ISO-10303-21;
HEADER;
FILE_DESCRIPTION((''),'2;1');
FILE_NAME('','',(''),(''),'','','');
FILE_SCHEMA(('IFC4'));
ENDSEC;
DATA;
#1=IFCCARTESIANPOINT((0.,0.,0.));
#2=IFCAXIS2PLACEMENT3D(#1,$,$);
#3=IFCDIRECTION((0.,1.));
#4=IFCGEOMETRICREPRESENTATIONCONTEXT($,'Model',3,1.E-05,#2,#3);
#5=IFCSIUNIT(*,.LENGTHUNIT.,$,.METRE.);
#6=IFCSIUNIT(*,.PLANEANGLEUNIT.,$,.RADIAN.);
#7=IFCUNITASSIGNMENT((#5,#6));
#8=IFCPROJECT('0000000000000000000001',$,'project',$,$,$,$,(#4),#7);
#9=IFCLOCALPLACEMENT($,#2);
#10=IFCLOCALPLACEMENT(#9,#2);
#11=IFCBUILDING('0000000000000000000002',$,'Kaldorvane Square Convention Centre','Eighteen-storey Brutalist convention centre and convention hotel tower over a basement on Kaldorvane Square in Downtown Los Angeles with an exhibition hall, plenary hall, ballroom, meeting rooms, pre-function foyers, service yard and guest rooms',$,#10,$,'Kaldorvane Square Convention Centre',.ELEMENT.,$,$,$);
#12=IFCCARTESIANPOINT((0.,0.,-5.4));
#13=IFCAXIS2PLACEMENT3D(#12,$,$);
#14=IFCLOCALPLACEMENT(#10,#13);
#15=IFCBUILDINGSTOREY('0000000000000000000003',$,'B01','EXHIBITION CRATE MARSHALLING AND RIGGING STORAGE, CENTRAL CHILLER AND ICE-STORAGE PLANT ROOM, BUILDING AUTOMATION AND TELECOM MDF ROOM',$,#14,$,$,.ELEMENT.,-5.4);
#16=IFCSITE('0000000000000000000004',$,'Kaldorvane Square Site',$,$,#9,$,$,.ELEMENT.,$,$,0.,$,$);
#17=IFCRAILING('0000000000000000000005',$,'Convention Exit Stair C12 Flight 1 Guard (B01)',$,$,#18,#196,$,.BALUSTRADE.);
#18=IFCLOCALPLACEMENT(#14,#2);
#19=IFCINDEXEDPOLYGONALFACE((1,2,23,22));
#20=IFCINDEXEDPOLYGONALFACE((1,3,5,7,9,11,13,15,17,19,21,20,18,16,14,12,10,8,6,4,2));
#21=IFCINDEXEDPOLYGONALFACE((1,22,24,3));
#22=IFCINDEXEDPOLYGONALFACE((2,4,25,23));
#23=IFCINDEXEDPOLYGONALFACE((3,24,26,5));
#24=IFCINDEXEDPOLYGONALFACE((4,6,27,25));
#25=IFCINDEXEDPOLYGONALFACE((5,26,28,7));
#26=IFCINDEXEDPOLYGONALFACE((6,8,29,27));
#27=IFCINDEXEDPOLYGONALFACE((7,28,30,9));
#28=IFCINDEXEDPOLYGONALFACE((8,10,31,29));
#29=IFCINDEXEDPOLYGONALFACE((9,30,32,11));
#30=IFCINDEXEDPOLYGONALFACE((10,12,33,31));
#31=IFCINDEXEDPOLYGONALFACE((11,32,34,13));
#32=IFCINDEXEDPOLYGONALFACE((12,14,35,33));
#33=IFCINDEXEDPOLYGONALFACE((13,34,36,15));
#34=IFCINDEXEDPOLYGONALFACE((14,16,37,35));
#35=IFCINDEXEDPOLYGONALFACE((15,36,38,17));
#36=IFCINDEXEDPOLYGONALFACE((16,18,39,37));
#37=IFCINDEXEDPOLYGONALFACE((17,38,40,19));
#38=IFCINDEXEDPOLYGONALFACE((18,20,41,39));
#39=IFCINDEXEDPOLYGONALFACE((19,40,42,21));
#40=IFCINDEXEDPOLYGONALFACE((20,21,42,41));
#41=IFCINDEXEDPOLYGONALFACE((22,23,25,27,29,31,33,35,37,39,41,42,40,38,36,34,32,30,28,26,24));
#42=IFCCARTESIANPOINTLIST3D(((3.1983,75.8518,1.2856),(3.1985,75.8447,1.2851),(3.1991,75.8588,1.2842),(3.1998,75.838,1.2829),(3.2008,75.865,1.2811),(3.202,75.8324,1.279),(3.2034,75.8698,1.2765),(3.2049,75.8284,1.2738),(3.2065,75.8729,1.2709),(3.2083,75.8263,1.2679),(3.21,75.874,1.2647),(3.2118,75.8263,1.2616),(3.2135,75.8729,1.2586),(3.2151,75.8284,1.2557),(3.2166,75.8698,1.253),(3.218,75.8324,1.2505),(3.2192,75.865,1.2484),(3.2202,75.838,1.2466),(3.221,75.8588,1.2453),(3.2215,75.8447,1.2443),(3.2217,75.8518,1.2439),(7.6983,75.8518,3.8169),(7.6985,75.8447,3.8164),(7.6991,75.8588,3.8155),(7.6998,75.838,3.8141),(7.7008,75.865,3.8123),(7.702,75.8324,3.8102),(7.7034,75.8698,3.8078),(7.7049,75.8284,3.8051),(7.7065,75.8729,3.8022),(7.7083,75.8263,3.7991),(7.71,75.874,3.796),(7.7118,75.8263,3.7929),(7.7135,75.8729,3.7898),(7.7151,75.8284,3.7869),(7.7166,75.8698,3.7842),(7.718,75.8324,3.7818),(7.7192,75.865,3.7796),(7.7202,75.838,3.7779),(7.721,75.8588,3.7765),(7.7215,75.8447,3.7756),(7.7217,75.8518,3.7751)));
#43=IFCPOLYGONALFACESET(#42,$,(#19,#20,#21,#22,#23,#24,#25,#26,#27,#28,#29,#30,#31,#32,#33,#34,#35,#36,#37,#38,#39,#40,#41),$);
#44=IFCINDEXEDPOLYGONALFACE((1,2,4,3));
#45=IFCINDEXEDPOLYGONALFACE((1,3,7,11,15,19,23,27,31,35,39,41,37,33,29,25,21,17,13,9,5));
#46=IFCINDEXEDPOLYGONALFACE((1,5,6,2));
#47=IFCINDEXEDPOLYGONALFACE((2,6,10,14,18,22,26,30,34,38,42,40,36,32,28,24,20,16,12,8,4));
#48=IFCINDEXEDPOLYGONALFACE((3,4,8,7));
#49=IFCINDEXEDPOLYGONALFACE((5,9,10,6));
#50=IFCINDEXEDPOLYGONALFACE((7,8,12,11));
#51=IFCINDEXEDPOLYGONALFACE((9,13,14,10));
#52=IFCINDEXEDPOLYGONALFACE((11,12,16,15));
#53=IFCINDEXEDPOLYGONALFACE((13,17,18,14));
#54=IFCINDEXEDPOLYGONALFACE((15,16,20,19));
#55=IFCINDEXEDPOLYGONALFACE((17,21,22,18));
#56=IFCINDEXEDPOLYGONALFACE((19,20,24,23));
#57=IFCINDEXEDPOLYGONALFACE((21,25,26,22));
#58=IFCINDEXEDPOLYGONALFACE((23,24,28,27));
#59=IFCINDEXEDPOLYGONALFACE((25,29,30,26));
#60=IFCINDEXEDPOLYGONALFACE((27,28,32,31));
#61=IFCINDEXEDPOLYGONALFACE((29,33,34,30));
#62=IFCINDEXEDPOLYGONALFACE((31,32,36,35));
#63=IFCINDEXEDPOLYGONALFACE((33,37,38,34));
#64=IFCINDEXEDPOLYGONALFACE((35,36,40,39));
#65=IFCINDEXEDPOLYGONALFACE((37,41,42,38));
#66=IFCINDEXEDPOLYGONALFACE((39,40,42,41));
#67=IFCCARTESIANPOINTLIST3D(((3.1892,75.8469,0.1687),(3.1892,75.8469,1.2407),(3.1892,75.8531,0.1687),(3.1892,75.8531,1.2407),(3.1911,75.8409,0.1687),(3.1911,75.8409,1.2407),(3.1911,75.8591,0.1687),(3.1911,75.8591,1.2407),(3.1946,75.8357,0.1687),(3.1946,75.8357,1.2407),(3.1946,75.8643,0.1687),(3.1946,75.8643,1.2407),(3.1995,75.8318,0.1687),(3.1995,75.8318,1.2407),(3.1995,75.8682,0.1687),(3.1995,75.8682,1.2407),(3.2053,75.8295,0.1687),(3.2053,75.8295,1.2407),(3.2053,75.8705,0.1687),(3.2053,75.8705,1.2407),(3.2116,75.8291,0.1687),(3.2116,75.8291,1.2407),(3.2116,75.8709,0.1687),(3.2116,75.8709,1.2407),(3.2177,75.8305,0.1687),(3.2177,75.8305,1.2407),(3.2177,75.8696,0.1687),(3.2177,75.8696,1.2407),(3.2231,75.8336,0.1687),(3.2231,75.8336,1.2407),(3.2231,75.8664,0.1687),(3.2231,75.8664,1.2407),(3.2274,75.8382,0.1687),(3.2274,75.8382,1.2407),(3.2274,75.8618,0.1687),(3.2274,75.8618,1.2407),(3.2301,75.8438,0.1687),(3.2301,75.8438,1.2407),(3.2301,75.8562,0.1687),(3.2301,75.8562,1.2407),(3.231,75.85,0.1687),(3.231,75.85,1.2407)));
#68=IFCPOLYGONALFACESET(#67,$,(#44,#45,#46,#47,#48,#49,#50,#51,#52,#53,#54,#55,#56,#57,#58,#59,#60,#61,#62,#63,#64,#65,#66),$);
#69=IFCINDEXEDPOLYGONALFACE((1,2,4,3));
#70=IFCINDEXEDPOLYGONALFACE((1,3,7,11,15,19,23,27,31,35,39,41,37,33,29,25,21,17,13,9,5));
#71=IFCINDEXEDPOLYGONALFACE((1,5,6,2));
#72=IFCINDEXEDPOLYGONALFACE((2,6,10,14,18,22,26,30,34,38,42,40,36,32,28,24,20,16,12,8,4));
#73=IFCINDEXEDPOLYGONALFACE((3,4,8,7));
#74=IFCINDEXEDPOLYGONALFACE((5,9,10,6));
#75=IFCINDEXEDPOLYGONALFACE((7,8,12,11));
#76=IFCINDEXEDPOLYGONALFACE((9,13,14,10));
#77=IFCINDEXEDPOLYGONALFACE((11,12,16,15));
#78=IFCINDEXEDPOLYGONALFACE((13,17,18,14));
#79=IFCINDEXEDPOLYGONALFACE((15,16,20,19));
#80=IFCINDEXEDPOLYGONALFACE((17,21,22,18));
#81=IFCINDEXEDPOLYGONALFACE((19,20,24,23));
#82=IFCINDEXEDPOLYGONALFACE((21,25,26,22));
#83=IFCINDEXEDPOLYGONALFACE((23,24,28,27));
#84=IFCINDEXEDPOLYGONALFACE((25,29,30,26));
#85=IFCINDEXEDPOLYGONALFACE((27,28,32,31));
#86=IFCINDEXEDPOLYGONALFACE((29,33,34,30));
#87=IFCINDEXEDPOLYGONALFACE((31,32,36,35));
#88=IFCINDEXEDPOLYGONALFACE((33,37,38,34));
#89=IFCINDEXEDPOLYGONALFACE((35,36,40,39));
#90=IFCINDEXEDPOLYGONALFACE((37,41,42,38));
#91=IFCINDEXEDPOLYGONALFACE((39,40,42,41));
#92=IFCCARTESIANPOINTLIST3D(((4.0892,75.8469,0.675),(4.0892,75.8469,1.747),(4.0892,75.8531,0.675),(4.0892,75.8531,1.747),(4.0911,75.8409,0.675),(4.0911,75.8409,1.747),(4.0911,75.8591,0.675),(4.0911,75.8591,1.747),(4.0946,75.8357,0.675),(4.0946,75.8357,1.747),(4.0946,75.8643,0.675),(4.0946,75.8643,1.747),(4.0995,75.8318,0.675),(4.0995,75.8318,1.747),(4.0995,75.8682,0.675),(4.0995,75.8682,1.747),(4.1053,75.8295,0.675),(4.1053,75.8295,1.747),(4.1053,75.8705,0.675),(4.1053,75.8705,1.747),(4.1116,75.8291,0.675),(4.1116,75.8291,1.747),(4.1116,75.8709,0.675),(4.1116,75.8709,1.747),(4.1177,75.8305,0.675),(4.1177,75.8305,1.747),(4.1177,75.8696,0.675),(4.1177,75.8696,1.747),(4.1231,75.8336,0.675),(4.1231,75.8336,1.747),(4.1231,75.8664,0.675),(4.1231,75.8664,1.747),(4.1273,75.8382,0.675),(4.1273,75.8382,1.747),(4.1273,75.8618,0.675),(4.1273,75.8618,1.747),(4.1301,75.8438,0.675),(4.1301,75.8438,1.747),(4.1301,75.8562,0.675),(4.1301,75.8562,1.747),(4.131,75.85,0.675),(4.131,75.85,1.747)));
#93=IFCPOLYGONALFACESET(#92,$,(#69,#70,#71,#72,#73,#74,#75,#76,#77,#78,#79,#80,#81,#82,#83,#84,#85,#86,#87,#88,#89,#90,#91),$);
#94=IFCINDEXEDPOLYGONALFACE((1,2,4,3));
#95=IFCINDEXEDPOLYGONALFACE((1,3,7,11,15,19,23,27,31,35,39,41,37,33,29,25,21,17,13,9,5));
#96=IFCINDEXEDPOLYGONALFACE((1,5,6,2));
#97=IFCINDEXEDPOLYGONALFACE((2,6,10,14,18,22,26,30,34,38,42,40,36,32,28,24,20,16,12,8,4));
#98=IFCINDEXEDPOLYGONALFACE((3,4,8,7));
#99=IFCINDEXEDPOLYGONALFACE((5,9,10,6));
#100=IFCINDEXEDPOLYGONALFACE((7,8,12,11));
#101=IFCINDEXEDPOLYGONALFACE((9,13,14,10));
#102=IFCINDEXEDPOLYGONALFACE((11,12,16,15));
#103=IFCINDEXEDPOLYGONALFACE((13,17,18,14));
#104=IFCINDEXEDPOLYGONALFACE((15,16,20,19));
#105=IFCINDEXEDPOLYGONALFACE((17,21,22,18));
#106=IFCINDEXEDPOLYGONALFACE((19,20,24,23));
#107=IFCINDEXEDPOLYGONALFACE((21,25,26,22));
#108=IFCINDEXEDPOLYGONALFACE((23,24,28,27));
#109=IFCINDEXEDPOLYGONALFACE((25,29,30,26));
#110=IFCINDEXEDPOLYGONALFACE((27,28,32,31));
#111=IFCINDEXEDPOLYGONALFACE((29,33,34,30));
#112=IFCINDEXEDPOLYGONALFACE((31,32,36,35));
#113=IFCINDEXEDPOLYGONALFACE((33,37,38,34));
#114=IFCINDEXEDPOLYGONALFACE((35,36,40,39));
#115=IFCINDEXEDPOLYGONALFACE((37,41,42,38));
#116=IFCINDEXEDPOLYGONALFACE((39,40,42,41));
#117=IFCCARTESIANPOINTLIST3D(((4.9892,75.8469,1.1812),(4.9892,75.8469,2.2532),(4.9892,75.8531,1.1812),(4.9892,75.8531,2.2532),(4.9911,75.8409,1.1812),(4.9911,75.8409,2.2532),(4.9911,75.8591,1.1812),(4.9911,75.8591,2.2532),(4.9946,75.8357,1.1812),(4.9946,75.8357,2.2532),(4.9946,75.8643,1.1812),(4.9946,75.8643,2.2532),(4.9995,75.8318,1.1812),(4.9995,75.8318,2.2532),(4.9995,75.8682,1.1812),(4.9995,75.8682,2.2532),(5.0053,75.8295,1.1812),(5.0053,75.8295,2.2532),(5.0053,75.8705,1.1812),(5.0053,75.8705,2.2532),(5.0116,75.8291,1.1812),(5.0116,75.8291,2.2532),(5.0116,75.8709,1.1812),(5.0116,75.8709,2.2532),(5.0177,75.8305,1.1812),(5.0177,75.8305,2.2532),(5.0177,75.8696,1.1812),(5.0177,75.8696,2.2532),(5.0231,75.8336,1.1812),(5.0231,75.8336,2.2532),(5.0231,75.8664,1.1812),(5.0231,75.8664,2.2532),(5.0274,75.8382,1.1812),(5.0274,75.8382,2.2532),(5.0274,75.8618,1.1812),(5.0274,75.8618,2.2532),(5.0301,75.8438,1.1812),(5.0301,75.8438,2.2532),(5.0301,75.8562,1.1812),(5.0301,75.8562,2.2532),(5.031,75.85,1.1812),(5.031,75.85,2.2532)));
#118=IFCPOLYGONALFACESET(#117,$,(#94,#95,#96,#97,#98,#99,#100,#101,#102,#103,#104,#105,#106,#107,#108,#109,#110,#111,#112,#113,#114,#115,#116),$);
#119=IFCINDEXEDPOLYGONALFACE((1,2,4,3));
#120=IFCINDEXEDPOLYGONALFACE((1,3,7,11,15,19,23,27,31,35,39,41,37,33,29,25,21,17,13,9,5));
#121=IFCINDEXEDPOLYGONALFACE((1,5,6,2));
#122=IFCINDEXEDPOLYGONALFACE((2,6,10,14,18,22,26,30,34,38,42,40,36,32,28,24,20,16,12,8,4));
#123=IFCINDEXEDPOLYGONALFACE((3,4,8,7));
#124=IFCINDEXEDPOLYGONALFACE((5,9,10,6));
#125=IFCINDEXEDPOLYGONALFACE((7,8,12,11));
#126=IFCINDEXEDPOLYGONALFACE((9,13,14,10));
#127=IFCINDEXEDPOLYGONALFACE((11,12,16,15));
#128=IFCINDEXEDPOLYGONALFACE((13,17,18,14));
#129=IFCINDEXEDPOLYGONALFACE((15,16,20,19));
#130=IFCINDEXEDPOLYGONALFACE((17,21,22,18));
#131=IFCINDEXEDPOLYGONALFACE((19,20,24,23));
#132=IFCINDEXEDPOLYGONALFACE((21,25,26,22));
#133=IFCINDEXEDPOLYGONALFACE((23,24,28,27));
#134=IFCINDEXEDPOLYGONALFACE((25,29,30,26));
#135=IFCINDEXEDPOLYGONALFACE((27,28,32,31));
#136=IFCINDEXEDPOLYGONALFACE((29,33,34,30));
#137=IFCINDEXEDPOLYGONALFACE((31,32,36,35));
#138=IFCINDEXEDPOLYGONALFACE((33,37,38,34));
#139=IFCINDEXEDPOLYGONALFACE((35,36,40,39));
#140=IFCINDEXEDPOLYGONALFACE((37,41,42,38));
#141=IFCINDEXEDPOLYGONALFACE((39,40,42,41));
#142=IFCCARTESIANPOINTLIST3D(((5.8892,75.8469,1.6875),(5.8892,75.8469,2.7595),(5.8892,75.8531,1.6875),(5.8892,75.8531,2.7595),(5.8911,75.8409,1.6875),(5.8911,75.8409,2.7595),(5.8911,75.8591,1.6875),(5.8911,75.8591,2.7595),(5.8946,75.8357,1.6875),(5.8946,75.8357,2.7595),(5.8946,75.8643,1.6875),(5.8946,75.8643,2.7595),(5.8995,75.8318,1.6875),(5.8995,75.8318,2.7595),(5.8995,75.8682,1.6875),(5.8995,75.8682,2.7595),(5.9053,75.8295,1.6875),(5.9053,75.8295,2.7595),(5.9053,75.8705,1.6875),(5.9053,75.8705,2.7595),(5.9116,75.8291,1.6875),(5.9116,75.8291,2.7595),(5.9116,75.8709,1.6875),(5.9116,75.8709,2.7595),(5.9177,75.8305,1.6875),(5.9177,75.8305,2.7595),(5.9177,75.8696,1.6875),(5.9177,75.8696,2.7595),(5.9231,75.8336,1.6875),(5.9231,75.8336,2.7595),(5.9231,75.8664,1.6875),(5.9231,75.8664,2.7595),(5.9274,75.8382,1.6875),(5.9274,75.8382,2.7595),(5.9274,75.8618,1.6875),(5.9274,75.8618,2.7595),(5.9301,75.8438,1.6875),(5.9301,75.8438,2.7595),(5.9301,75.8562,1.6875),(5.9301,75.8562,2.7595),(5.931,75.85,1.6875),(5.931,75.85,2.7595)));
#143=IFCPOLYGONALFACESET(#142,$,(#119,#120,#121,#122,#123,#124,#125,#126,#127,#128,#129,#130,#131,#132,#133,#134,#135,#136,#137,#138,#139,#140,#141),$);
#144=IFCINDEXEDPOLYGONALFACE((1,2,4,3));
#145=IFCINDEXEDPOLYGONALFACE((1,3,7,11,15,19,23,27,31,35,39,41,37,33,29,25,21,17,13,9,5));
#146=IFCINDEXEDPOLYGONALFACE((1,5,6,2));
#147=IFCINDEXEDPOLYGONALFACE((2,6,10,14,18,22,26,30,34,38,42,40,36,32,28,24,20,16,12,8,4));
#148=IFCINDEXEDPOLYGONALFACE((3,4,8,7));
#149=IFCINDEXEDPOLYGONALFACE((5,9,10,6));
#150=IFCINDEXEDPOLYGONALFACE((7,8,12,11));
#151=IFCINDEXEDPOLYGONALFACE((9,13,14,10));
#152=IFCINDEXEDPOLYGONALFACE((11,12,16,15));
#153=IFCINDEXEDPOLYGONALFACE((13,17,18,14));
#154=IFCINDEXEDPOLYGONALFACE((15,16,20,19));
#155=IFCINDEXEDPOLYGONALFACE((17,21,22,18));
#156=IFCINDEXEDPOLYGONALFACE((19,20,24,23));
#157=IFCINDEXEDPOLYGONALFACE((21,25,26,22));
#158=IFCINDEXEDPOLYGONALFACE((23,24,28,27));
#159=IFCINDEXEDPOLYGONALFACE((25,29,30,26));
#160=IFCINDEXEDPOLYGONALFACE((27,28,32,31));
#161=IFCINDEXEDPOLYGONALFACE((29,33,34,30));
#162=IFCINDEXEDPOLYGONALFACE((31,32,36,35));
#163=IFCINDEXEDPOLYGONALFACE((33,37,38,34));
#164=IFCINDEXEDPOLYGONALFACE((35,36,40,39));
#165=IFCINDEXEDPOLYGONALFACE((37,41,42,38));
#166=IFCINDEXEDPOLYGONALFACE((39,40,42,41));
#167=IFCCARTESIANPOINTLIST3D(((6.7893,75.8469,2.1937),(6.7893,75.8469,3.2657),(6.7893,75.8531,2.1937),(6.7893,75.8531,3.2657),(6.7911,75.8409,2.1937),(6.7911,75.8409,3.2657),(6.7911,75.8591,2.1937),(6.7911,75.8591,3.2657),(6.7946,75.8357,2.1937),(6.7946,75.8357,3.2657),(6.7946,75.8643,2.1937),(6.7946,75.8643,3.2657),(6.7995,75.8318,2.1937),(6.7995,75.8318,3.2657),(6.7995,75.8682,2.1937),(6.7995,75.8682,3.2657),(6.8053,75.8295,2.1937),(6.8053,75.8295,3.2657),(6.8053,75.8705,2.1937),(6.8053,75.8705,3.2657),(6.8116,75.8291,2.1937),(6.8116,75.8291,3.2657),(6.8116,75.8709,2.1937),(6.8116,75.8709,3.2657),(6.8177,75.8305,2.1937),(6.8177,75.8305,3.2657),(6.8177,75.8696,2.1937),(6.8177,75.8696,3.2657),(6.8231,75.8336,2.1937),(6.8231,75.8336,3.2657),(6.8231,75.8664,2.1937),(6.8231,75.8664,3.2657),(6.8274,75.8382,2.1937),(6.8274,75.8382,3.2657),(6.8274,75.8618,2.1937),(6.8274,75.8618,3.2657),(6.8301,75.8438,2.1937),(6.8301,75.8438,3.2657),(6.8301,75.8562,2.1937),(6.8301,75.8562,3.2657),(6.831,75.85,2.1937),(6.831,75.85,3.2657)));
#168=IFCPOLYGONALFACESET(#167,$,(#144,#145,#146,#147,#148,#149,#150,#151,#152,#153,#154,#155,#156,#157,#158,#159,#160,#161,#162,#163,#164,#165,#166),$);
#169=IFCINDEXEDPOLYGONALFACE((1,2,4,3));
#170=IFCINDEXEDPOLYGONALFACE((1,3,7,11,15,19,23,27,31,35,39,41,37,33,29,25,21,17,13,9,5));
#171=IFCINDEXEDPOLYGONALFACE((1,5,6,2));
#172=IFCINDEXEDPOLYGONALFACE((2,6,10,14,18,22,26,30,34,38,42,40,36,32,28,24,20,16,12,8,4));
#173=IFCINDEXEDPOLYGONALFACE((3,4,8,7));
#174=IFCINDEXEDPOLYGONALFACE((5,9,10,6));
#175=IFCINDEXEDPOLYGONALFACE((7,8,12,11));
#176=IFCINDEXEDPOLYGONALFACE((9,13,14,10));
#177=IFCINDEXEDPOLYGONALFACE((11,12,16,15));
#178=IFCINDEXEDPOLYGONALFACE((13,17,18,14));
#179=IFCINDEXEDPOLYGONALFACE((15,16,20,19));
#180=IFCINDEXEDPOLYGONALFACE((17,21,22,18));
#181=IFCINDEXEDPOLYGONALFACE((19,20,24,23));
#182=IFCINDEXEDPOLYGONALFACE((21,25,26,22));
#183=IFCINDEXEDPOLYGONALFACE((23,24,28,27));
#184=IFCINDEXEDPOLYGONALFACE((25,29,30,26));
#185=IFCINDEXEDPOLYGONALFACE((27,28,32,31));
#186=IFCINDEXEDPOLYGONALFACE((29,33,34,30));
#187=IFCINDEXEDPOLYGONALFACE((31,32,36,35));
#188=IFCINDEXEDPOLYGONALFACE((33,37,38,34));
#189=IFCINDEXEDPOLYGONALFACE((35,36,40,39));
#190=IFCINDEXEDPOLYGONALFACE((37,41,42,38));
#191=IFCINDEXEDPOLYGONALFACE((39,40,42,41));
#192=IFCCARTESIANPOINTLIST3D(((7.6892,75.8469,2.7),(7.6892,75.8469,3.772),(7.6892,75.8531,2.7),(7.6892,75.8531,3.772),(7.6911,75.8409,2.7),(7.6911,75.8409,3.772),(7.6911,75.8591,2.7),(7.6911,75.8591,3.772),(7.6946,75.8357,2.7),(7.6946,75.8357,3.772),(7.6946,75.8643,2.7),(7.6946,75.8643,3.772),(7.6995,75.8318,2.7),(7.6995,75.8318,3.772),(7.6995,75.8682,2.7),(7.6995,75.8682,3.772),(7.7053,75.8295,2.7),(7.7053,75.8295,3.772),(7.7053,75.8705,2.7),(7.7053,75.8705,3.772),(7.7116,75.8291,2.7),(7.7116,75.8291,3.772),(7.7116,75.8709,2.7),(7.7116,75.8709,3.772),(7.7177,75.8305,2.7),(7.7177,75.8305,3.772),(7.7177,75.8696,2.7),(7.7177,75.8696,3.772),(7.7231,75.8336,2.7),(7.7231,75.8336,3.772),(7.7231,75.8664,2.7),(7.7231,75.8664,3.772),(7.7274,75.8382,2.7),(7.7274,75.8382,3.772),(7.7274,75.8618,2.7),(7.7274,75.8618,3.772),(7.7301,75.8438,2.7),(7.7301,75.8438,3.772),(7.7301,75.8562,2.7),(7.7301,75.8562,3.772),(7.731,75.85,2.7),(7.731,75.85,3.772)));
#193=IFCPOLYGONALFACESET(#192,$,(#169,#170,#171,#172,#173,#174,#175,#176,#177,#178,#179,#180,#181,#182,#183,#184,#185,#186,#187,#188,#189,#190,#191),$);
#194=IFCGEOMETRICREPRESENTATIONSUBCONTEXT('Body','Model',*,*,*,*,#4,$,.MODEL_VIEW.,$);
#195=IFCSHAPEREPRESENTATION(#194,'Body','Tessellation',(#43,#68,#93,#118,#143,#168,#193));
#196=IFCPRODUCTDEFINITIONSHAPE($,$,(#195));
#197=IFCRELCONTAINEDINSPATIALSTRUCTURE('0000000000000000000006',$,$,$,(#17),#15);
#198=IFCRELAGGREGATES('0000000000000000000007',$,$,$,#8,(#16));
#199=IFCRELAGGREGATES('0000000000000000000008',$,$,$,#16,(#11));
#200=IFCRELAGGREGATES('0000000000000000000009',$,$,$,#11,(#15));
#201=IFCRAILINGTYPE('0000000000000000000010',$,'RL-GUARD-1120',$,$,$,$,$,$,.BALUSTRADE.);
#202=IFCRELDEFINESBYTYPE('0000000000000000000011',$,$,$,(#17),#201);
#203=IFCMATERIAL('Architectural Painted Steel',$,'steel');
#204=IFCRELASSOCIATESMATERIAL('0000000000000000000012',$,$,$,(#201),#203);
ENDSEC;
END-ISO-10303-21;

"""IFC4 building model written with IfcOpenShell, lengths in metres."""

from ifc_helpers import new_model, si_unit, direction, frame, origin, origin_2d, place, context, subcontext, project, spatial, circle, extrude, material, type_object, element, save


model = new_model("IFC4")

# Units and contexts
model_context = context("Model", 3, precision=1e-05, world=origin(), true_north=direction((0.0, 1.0)))
body_context = subcontext(model_context, "Body", "Model", "MODEL_VIEW")
ifc_project = project(units=[si_unit("LENGTHUNIT", "METRE"), si_unit("PLANEANGLEUNIT", "RADIAN")], contexts=[model_context])

# Site, building, storey
site_placement = place(None, origin())
site = spatial("IfcSite", under=ifc_project, at=site_placement, Name="Kaldorvane Square Site", CompositionType="ELEMENT", RefElevation=0.0)
building_placement = place(site_placement, origin())
building = spatial("IfcBuilding", under=site, at=building_placement, Name="Kaldorvane Square Convention Centre", Description="Eighteen-storey Brutalist convention centre and convention hotel tower over a basement on Kaldorvane Square in Downtown Los Angeles with an exhibition hall, plenary hall, ballroom, meeting rooms, pre-function foyers, service yard and guest rooms", LongName="Kaldorvane Square Convention Centre", CompositionType="ELEMENT")
storey_placement = place(building_placement, frame((0.0, 0.0, -5.4)))
storey = spatial("IfcBuildingStorey", under=building, at=storey_placement, Name="B01", Description="EXHIBITION CRATE MARSHALLING AND RIGGING STORAGE, CENTRAL CHILLER AND ICE-STORAGE PLANT ROOM, BUILDING AUTOMATION AND TELECOM MDF ROOM", CompositionType="ELEMENT", Elevation=-5.4)

# Railing
ifc_material_1 = material(Name="Architectural Painted Steel", Category="steel")
railing_type_1 = type_object("IfcRailingType", Name="RL-GUARD-1120", PredefinedType="BALUSTRADE", material=ifc_material_1)
railing_1_placement = place(storey_placement, frame((3.21, 75.85, 0.1687)))
element("IfcRailing", 1, at=railing_1_placement, inside=storey, type_object=railing_type_1, Name="Convention Exit Stair C12 Flight 1 Guard (B01)", PredefinedType="BALUSTRADE", context=body_context, shape_type="SweptSolid", body=[
    extrude(circle(Radius=0.024, at=origin_2d()), frame((0.0, 0.0, 1.096), z_axis=(0.871576, 0.0, 0.490261), x_axis=(0.0, 1.0, 0.0)), (0.0, 0.0, 1.0), 5.1631),
    extrude(circle(Radius=0.021, at=origin_2d()), origin(), (0.0, 0.0, 1.0), 1.072),
    extrude(circle(Radius=0.021, at=origin_2d()), frame((0.9, 0.0, 0.5063)), (0.0, 0.0, 1.0), 1.072),
    extrude(circle(Radius=0.021, at=origin_2d()), frame((1.8, 0.0, 1.0125)), (0.0, 0.0, 1.0), 1.072),
    extrude(circle(Radius=0.021, at=origin_2d()), frame((2.7, 0.0, 1.5188)), (0.0, 0.0, 1.0), 1.072),
    extrude(circle(Radius=0.021, at=origin_2d()), frame((3.6, 0.0, 2.025)), (0.0, 0.0, 1.0), 1.072),
    extrude(circle(Radius=0.021, at=origin_2d()), frame((4.5, 0.0, 2.5312)), (0.0, 0.0, 1.0), 1.072),
])

save(model, "model.ifc")
